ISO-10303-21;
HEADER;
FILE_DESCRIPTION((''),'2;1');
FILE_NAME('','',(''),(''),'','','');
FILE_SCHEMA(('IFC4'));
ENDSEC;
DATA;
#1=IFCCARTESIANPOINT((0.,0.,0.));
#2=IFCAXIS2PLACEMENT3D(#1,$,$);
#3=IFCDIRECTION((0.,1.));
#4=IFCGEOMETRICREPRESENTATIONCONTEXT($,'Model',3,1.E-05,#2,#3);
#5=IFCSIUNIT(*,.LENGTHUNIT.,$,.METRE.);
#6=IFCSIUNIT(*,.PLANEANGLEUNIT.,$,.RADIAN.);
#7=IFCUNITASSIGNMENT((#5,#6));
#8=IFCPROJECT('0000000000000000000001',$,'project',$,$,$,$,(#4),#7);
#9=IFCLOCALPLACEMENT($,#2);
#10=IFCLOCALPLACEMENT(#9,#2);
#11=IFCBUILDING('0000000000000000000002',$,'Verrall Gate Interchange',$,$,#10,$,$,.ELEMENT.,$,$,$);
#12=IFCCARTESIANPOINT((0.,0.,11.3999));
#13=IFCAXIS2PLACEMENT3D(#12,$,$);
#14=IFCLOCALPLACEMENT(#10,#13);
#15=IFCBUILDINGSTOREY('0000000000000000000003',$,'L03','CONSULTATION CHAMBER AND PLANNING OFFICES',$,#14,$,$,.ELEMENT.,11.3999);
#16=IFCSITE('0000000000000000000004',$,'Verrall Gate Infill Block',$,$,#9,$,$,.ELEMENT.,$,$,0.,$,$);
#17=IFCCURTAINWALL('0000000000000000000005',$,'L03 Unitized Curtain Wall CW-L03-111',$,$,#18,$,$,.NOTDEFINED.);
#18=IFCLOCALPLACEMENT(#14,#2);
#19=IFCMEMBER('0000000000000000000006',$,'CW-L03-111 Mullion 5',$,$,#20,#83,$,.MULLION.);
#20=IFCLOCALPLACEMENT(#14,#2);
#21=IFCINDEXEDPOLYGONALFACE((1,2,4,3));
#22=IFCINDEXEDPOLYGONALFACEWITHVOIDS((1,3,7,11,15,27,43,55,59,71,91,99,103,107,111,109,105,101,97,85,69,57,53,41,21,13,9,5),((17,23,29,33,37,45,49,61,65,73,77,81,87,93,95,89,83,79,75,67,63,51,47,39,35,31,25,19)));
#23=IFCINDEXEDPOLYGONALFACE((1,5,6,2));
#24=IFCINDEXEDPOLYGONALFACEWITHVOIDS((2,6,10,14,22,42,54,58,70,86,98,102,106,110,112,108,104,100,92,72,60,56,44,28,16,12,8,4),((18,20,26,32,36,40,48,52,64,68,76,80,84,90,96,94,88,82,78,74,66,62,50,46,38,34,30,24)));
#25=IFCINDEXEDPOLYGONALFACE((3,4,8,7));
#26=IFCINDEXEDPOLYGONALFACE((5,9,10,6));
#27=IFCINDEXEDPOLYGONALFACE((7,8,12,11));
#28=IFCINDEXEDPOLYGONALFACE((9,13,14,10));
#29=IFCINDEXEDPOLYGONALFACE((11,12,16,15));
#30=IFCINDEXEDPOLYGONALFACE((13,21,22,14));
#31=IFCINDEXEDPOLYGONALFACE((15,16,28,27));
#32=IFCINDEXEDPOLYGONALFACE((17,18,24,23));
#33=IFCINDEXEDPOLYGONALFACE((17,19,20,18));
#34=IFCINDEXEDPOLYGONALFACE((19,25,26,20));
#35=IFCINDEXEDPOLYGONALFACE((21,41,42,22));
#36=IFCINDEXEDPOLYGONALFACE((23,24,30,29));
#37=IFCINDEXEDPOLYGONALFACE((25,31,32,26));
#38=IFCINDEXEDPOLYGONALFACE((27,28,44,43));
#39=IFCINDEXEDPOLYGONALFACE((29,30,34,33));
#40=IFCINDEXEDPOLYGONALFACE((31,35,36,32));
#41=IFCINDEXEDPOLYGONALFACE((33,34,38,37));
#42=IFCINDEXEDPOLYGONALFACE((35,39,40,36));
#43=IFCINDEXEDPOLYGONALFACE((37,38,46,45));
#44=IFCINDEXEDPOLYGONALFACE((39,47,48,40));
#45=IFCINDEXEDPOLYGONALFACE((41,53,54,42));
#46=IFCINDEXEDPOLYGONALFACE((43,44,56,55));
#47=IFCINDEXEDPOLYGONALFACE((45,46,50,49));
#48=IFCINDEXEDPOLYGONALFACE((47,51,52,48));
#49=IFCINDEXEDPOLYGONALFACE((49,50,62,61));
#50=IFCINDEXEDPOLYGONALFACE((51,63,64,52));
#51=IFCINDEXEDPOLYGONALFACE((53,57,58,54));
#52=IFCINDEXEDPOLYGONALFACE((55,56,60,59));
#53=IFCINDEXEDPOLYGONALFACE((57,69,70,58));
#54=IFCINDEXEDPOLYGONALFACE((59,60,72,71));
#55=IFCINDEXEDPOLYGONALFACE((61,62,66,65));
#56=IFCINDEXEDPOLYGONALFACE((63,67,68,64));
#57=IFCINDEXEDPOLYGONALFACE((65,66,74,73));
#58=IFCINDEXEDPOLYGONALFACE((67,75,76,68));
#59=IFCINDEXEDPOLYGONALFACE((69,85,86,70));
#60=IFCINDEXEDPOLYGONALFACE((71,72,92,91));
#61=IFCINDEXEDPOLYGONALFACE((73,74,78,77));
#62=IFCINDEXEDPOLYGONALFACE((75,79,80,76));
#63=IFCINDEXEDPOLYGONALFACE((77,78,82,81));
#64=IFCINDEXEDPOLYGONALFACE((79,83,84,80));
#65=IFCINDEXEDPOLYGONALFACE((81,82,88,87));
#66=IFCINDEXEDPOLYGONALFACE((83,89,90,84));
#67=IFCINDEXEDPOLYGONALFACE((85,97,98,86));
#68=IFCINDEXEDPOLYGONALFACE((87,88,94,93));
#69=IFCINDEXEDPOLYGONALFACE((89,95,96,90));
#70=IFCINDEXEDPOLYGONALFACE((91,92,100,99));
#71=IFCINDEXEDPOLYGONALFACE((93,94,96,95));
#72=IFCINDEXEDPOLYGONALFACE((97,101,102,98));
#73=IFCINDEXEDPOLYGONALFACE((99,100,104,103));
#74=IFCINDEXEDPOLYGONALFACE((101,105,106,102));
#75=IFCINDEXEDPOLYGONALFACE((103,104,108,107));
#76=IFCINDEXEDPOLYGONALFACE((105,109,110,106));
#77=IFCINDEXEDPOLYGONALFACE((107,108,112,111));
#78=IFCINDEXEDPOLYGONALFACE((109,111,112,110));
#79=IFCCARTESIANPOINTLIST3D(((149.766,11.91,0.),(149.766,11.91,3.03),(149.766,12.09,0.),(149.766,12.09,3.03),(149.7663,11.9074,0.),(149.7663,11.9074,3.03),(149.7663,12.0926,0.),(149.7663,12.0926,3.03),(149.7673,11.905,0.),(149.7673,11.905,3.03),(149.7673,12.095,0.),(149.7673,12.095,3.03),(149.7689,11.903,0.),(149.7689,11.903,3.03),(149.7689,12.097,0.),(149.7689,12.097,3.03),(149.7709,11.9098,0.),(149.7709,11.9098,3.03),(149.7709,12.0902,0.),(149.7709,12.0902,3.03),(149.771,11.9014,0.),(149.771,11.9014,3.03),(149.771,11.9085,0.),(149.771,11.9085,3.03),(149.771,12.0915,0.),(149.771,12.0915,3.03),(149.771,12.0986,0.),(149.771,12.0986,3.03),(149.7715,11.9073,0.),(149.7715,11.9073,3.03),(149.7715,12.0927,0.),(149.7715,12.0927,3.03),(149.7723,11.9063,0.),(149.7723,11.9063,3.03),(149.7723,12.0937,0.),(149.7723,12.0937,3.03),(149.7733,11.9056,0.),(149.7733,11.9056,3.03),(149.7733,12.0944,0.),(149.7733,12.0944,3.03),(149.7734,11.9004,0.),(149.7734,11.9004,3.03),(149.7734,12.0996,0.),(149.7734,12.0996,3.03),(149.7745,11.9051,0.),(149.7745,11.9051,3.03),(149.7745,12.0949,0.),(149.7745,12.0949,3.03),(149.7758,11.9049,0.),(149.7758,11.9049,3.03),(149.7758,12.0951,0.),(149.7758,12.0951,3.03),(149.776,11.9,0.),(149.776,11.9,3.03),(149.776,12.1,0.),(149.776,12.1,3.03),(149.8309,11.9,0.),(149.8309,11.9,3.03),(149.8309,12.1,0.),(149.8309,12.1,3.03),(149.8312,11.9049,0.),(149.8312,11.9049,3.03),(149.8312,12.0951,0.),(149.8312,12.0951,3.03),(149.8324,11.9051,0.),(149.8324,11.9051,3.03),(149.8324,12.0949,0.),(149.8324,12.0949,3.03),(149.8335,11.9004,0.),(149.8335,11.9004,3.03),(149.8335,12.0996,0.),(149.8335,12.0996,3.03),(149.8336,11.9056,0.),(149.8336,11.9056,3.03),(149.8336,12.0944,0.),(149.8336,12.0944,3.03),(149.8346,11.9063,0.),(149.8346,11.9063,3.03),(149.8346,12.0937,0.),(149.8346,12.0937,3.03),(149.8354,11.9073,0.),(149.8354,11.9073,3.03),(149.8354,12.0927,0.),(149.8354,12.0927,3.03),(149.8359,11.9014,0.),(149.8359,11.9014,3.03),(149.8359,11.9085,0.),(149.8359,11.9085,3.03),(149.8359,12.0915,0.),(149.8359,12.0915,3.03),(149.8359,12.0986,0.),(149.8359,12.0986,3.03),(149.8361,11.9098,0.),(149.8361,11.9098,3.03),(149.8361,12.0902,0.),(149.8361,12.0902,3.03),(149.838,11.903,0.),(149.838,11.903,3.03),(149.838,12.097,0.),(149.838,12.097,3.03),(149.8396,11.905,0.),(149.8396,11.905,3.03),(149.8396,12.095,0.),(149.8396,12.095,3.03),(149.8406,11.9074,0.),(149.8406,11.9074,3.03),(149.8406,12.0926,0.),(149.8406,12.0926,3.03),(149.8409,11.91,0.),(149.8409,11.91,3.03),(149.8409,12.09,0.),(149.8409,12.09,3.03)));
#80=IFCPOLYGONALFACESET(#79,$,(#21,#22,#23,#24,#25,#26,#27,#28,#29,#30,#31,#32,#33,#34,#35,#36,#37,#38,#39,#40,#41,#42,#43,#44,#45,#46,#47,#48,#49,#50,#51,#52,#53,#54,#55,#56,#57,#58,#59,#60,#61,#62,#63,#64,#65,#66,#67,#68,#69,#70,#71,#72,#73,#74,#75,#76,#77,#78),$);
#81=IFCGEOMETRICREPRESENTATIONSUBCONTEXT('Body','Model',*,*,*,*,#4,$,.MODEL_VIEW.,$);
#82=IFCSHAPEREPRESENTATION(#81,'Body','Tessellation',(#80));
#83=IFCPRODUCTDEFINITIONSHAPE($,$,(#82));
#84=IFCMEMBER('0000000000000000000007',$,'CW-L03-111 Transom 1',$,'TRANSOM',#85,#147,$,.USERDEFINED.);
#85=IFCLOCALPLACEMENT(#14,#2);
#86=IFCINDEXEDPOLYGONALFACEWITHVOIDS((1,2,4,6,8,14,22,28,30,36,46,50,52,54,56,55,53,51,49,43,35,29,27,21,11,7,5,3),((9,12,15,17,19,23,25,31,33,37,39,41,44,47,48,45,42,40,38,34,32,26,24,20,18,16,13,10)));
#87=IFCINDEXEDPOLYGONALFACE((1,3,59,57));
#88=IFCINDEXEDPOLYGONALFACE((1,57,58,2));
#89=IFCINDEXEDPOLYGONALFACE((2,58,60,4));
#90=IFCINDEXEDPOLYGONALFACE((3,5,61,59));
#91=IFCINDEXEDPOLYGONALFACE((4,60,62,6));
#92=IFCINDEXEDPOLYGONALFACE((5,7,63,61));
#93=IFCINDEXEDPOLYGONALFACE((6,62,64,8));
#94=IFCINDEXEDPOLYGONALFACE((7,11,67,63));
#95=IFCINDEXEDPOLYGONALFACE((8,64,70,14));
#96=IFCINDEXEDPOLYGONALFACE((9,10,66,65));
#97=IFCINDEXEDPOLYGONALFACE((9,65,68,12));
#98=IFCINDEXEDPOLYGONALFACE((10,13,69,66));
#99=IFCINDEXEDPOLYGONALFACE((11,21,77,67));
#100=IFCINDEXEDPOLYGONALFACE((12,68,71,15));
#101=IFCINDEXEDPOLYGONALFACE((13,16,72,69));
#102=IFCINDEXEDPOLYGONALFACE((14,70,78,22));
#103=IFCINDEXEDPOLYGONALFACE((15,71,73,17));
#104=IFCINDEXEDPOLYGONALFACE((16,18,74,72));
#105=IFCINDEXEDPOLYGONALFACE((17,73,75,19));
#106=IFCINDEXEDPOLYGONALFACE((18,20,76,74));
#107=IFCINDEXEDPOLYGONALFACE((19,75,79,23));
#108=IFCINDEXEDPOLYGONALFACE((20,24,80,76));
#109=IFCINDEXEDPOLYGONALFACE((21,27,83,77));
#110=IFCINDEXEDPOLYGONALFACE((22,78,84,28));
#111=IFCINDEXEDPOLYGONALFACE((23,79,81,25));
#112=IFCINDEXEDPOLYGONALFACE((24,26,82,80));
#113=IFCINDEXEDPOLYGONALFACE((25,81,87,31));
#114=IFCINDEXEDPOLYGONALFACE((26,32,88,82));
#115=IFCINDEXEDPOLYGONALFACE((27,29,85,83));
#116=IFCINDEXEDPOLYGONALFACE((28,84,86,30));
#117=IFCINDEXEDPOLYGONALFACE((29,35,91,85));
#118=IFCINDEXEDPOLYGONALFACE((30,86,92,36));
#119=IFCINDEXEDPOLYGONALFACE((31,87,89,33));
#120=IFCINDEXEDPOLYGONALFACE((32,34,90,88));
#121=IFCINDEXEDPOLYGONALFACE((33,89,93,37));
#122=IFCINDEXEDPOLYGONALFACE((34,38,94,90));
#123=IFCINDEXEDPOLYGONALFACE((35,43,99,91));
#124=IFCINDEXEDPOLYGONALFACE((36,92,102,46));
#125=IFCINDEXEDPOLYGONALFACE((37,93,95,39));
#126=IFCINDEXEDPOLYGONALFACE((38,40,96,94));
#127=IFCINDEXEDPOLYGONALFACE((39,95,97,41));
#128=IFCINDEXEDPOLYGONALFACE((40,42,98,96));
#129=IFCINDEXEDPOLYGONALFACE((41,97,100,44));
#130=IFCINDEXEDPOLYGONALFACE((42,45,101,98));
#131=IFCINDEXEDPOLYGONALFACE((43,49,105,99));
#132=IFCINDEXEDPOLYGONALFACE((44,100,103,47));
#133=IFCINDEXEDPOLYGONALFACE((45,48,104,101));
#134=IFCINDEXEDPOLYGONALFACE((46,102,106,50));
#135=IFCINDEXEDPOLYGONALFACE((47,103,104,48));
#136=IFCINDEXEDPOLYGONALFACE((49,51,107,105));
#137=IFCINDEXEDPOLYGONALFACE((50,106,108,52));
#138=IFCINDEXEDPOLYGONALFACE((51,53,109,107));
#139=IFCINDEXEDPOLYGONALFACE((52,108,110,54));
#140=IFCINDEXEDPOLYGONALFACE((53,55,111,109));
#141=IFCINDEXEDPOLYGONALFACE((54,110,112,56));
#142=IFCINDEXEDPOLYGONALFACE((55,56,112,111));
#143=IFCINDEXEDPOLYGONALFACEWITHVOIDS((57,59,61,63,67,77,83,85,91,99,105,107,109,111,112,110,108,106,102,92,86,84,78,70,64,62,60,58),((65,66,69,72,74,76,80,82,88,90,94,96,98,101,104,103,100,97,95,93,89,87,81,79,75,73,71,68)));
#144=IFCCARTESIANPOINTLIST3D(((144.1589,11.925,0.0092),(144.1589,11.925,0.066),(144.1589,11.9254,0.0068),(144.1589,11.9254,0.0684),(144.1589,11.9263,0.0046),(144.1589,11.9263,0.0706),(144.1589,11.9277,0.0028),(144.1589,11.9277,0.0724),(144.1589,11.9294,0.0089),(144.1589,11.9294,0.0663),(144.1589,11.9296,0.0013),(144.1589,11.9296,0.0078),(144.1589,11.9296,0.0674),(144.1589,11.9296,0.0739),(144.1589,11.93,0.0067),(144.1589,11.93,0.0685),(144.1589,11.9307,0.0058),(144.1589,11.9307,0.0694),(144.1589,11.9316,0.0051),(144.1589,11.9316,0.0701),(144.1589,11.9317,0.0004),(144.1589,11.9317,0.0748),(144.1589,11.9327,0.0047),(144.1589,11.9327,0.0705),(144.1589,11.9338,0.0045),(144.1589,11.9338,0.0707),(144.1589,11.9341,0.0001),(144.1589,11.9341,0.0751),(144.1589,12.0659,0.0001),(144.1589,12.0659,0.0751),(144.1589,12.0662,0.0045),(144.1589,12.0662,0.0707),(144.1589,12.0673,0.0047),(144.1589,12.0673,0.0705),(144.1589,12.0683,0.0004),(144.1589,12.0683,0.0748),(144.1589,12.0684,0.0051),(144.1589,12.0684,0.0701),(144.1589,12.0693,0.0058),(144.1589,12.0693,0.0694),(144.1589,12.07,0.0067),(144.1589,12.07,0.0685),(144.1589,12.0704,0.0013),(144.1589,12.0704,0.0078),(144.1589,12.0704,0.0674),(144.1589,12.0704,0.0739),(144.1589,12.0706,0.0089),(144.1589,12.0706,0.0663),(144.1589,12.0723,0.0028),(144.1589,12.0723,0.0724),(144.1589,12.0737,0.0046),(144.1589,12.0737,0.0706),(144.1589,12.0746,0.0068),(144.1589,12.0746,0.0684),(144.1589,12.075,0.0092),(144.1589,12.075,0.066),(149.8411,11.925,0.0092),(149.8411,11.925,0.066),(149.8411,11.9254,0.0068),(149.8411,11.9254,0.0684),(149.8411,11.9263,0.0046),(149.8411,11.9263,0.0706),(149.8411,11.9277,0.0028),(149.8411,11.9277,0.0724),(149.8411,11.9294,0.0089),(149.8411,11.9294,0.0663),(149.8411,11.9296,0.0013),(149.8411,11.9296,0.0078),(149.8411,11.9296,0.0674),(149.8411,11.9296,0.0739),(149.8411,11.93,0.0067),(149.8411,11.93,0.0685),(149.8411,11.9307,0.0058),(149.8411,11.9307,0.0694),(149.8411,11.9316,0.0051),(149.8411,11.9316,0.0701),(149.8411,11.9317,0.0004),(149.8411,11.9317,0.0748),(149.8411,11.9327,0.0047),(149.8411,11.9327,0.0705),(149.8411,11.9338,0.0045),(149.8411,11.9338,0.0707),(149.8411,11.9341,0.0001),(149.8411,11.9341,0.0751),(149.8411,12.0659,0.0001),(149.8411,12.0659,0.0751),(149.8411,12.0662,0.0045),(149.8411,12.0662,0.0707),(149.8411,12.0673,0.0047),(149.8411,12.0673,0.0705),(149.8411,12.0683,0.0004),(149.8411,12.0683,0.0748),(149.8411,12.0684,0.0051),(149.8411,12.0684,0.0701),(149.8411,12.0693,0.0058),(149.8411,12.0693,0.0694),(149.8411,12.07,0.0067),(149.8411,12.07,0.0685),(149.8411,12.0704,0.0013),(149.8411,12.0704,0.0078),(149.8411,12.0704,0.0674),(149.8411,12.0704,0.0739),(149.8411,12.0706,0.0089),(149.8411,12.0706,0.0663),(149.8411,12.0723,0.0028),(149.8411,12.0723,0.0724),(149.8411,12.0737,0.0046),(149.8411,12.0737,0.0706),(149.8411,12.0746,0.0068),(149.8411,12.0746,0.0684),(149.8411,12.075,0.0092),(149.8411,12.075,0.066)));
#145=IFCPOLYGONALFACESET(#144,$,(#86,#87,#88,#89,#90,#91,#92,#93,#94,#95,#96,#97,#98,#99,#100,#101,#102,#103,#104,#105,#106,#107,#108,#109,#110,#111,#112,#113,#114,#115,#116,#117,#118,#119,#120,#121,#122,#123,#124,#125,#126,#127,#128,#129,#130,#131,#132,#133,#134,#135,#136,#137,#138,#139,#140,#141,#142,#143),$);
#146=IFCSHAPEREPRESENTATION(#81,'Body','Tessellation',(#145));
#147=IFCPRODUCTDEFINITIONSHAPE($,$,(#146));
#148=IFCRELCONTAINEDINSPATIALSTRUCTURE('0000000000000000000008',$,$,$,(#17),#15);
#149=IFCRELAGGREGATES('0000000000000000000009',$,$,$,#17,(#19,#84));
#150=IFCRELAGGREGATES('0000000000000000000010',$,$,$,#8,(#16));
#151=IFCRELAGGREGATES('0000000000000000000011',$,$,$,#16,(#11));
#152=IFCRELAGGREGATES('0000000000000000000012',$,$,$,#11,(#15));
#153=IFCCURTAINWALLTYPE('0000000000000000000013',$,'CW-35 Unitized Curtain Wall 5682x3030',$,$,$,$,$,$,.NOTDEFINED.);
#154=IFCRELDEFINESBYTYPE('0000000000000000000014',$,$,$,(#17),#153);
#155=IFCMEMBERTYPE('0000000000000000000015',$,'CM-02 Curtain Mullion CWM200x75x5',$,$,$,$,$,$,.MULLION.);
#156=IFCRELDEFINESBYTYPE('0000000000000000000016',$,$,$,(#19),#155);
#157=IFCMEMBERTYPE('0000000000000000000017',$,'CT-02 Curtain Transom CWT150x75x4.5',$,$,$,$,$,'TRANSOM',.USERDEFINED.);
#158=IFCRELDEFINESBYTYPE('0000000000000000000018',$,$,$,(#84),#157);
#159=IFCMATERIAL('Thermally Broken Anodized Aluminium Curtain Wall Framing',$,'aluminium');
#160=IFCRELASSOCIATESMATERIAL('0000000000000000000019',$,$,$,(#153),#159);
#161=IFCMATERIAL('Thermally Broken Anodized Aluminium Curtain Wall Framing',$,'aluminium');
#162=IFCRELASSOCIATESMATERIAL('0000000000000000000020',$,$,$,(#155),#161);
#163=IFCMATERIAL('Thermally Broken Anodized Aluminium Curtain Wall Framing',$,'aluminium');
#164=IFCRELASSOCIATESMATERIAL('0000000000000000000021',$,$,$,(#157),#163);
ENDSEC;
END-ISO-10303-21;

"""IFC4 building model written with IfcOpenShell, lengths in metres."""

from ifc_helpers import new_model, si_unit, direction, frame, origin, origin_2d, place, context, subcontext, project, spatial, hollow_rectangle, extrude, material, material_profile, profile_set, type_object, element, aggregate, save


model = new_model("IFC4")

# Units and contexts
model_context = context("Model", 3, precision=1e-05, world=origin(), true_north=direction((0.0, 1.0)))
body_context = subcontext(model_context, "Body", "Model", "MODEL_VIEW")
ifc_project = project(units=[si_unit("LENGTHUNIT", "METRE"), si_unit("PLANEANGLEUNIT", "RADIAN")], contexts=[model_context])

# Site, building, storey
site_placement = place(None, origin())
site = spatial("IfcSite", under=ifc_project, at=site_placement, Name="Verrall Gate Infill Block", CompositionType="ELEMENT", RefElevation=0.0)
building_placement = place(site_placement, origin())
building = spatial("IfcBuilding", under=site, at=building_placement, Name="Verrall Gate Interchange", CompositionType="ELEMENT")
storey_placement = place(building_placement, frame((0.0, 0.0, 11.3999)))
storey = spatial("IfcBuildingStorey", under=building, at=storey_placement, Name="L03", Description="CONSULTATION CHAMBER AND PLANNING OFFICES", CompositionType="ELEMENT", Elevation=11.3999)

# Curtain wall, members
ifc_material_1 = material(Name="Thermally Broken Anodized Aluminium Curtain Wall Framing", Category="aluminium")
curtain_wall_type = type_object("IfcCurtainWallType", Name="CW-35 Unitized Curtain Wall 5682x3030", PredefinedType="NOTDEFINED", material=ifc_material_1)
curtain_wall_placement = place(storey_placement, origin())
curtain_wall = element("IfcCurtainWall", 1, at=curtain_wall_placement, inside=storey, type_object=curtain_wall_type, Name="L03 Unitized Curtain Wall CW-L03-111", PredefinedType="NOTDEFINED")
ifc_material_2 = material(Name="Thermally Broken Anodized Aluminium Curtain Wall Framing", Category="aluminium")
ifc_material_profile_1 = material_profile(ifc_material_2, hollow_rectangle(XDim=0.075, YDim=0.2, WallThickness=0.0049, InnerFilletRadius=0.0049, OuterFilletRadius=0.01, at=origin_2d()), Name="CWM200x75x5")
ifc_profile_set_1 = profile_set([ifc_material_profile_1], Name="Thermally Broken Anodized Aluminium Curtain Wall Framing")
member_type_1 = type_object("IfcMemberType", Name="CM-02 Curtain Mullion CWM200x75x5", PredefinedType="MULLION", material=ifc_profile_set_1)
member_1_placement = place(storey_placement, frame((149.8035, 12.0, 0.0), z_axis=(0.0, 0.0, 1.0), x_axis=(1.0, 0.0, 0.0)))
member_1 = element("IfcMember", 2, at=member_1_placement, type_object=member_type_1, Name="CW-L03-111 Mullion 5", PredefinedType="MULLION", context=body_context, shape_type="SweptSolid", body=[
    extrude(hollow_rectangle(XDim=0.075, YDim=0.2, WallThickness=0.0049, InnerFilletRadius=0.0049, OuterFilletRadius=0.01, at=origin_2d()), origin(), (0.0, 0.0, 1.0), 3.03),
])
ifc_material_3 = material(Name="Thermally Broken Anodized Aluminium Curtain Wall Framing", Category="aluminium")
ifc_material_profile_2 = material_profile(ifc_material_3, hollow_rectangle(XDim=0.1499, YDim=0.075, WallThickness=0.0044, InnerFilletRadius=0.0044, OuterFilletRadius=0.009, at=origin_2d()), Name="CWT150x75x4.5")
ifc_profile_set_2 = profile_set([ifc_material_profile_2], Name="Thermally Broken Anodized Aluminium Curtain Wall Framing")
member_type_2 = type_object("IfcMemberType", Name="CT-02 Curtain Transom CWT150x75x4.5", ElementType="TRANSOM", PredefinedType="USERDEFINED", material=ifc_profile_set_2)
member_2_placement = place(storey_placement, frame((144.1589, 12.0, 0.0376), z_axis=(1.0, 0.0, 0.0), x_axis=(0.0, 1.0, 0.0)))
member_2 = element("IfcMember", 3, at=member_2_placement, type_object=member_type_2, Name="CW-L03-111 Transom 1", ObjectType="TRANSOM", PredefinedType="USERDEFINED", context=body_context, shape_type="SweptSolid", body=[
    extrude(hollow_rectangle(XDim=0.1499, YDim=0.075, WallThickness=0.0044, InnerFilletRadius=0.0044, OuterFilletRadius=0.009, at=origin_2d()), origin(), (0.0, 0.0, 1.0), 5.6821),
])

aggregate(curtain_wall, [member_1, member_2])

save(model, "model.ifc")
